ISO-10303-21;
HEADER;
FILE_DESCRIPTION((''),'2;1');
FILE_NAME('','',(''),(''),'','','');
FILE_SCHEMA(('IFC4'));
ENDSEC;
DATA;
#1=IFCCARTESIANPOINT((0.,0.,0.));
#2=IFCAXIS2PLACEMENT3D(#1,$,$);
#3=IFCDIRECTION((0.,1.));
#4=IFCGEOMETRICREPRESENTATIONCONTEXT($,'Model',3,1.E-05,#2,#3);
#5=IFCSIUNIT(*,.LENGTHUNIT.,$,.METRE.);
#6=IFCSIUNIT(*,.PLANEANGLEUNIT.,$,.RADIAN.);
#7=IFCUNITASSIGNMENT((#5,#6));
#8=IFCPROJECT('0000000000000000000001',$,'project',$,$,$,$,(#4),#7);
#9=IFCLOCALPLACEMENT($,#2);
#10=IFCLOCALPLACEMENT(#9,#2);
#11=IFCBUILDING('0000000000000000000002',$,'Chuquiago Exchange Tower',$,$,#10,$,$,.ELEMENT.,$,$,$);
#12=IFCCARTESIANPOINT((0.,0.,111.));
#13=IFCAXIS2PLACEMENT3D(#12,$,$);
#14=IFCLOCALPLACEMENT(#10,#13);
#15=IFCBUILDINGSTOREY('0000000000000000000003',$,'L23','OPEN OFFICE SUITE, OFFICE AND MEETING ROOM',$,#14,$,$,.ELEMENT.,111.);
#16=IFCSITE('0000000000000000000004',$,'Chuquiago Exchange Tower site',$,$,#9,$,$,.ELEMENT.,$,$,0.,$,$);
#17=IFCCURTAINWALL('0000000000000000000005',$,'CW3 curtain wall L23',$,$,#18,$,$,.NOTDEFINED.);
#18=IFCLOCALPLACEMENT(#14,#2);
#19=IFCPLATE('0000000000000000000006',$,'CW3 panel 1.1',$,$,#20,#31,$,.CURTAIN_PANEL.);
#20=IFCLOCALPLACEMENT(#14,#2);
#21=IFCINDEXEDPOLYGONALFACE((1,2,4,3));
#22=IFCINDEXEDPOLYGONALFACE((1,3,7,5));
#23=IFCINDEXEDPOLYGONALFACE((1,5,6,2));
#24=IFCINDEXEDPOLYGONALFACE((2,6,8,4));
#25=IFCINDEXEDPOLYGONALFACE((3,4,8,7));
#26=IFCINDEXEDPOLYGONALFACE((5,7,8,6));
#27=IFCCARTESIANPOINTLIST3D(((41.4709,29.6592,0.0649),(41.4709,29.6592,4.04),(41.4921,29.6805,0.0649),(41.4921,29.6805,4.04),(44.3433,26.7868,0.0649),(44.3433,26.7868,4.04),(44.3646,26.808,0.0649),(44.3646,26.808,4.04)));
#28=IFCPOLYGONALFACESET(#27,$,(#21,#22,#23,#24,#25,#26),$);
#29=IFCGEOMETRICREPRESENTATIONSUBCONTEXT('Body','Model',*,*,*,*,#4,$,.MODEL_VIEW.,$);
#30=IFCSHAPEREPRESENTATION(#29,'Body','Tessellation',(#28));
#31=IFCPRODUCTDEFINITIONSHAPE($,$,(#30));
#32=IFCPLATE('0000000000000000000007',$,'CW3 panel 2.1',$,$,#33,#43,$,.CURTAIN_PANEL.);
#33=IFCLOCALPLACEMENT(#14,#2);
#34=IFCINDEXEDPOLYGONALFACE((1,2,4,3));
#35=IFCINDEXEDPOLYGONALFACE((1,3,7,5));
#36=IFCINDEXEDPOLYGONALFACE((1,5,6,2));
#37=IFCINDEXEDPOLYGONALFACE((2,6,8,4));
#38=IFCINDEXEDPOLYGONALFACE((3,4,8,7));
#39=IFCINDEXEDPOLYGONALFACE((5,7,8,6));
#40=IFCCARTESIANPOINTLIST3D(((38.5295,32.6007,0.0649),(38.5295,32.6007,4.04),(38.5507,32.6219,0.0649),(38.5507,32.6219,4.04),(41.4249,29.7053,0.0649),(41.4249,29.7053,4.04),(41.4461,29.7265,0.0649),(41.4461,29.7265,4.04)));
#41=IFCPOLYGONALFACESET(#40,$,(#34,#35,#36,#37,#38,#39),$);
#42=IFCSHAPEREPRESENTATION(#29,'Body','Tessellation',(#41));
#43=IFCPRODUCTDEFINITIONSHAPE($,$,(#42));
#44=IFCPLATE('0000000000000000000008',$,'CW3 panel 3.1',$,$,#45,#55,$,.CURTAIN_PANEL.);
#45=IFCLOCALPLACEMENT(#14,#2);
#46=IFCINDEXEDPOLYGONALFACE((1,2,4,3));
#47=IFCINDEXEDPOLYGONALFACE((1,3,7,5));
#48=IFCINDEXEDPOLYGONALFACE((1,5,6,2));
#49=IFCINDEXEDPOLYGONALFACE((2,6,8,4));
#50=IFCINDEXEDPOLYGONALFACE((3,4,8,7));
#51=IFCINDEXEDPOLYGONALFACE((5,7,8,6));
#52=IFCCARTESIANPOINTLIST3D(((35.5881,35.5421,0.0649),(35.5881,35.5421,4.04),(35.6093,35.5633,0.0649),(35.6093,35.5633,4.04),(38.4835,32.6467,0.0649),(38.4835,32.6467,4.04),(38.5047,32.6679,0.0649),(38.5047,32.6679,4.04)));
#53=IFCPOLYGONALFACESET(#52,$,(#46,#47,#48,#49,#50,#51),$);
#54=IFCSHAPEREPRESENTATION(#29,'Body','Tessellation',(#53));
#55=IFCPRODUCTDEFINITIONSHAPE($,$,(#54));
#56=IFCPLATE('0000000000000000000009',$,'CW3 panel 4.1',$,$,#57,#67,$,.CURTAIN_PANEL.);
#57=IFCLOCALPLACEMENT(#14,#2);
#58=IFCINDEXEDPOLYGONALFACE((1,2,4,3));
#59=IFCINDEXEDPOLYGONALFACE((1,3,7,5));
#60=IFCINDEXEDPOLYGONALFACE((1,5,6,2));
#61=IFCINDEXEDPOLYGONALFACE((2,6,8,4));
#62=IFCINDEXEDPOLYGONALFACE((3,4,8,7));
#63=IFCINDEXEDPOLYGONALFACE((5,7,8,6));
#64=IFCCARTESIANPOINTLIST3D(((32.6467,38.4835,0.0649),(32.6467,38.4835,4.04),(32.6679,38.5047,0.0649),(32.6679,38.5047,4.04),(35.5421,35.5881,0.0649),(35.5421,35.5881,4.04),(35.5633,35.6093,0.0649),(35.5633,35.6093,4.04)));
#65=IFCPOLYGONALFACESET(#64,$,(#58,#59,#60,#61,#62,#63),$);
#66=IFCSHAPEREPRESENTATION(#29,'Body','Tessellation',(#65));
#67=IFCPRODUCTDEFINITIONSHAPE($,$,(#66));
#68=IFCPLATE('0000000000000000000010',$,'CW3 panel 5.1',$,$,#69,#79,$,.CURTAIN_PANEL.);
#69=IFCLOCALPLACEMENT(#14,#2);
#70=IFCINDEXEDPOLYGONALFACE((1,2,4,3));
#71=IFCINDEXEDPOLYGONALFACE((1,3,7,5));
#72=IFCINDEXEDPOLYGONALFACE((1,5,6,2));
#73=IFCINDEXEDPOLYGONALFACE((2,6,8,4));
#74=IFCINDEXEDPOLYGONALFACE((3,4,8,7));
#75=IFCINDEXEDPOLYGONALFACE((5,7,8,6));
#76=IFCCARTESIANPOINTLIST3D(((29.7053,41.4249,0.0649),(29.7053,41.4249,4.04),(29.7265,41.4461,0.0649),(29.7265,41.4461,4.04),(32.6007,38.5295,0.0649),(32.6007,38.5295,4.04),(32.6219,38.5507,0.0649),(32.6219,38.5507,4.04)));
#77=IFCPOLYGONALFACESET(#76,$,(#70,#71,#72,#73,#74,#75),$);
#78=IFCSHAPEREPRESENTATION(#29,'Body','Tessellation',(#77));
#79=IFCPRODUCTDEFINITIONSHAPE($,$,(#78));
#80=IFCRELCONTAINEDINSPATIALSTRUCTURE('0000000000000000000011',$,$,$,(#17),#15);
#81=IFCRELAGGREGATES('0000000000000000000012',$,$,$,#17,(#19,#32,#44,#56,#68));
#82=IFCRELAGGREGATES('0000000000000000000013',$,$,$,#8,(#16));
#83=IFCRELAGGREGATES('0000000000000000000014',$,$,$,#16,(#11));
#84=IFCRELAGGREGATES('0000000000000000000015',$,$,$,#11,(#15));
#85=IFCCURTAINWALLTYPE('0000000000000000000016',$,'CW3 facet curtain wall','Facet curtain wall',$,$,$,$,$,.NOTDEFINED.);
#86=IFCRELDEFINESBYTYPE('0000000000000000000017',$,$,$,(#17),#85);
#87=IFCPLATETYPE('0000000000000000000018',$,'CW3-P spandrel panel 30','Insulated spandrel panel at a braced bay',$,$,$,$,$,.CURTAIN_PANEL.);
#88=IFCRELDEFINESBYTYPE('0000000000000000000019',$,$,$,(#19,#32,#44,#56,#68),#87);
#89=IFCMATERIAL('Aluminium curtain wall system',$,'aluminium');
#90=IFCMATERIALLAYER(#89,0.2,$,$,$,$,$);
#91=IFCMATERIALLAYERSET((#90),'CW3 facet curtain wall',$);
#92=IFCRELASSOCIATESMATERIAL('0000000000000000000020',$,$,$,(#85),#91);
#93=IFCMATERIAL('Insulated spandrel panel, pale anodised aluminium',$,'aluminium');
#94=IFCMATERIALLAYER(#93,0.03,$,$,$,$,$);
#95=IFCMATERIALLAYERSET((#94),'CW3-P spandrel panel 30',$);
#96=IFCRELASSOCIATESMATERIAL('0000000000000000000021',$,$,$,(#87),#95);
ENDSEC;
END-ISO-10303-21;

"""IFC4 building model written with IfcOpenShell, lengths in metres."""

from ifc_helpers import new_model, si_unit, direction, frame, origin, origin_2d, place, context, subcontext, project, spatial, rectangle, extrude, material, layer, layer_set, type_object, element, aggregate, save


model = new_model("IFC4")

# Units and contexts
model_context = context("Model", 3, precision=1e-05, world=origin(), true_north=direction((0.0, 1.0)))
body_context = subcontext(model_context, "Body", "Model", "MODEL_VIEW")
ifc_project = project(units=[si_unit("LENGTHUNIT", "METRE"), si_unit("PLANEANGLEUNIT", "RADIAN")], contexts=[model_context])

# Site, building, storey
site_placement = place(None, origin())
site = spatial("IfcSite", under=ifc_project, at=site_placement, Name="Chuquiago Exchange Tower site", CompositionType="ELEMENT", RefElevation=0.0)
building_placement = place(site_placement, origin())
building = spatial("IfcBuilding", under=site, at=building_placement, Name="Chuquiago Exchange Tower", CompositionType="ELEMENT")
storey_placement = place(building_placement, frame((0.0, 0.0, 111.0)))
storey = spatial("IfcBuildingStorey", under=building, at=storey_placement, Name="L23", Description="OPEN OFFICE SUITE, OFFICE AND MEETING ROOM", CompositionType="ELEMENT", Elevation=111.0)

# Curtain wall
ifc_material_1 = material(Name="Aluminium curtain wall system", Category="aluminium")
ifc_layer_1 = layer(ifc_material_1, 0.2)
ifc_layer_set_1 = layer_set([ifc_layer_1], Name="CW3 facet curtain wall")
curtain_wall_type = type_object("IfcCurtainWallType", Name="CW3 facet curtain wall", Description="Facet curtain wall", PredefinedType="NOTDEFINED", material=ifc_layer_set_1)
curtain_wall_placement = place(storey_placement, origin())
curtain_wall = element("IfcCurtainWall", 1, at=curtain_wall_placement, inside=storey, type_object=curtain_wall_type, Name="CW3 curtain wall L23", PredefinedType="NOTDEFINED")

# Plates
ifc_material_2 = material(Name="Insulated spandrel panel, pale anodised aluminium", Category="aluminium")
ifc_layer_2 = layer(ifc_material_2, 0.03)
ifc_layer_set_2 = layer_set([ifc_layer_2], Name="CW3-P spandrel panel 30")
plate_type = type_object("IfcPlateType", Name="CW3-P spandrel panel 30", Description="Insulated spandrel panel at a braced bay", PredefinedType="CURTAIN_PANEL", material=ifc_layer_set_2)
plate_1_placement = place(storey_placement, frame((42.9177, 28.2336, 0.0649), z_axis=(0.0, 0.0, 1.0), x_axis=(-0.707107, 0.707107, 0.0)))
plate_1 = element("IfcPlate", 2, at=plate_1_placement, type_object=plate_type, Name="CW3 panel 1.1", PredefinedType="CURTAIN_PANEL", context=body_context, shape_type="SweptSolid", body=[
    extrude(rectangle(XDim=4.0623, YDim=0.03, at=origin_2d()), origin(), (0.0, 0.0, 1.0), 3.9751),
])
plate_2_placement = place(storey_placement, frame((39.9878, 31.1636, 0.0649), z_axis=(0.0, 0.0, 1.0), x_axis=(-0.707107, 0.707107, 0.0)))
plate_2 = element("IfcPlate", 3, at=plate_2_placement, type_object=plate_type, Name="CW3 panel 2.1", PredefinedType="CURTAIN_PANEL", context=body_context, shape_type="SweptSolid", body=[
    extrude(rectangle(XDim=4.0947, YDim=0.03, at=origin_2d()), origin(), (0.0, 0.0, 1.0), 3.9751),
])
plate_3_placement = place(storey_placement, frame((37.0464, 34.105, 0.0649), z_axis=(0.0, 0.0, 1.0), x_axis=(-0.707107, 0.707107, 0.0)))
plate_3 = element("IfcPlate", 4, at=plate_3_placement, type_object=plate_type, Name="CW3 panel 3.1", PredefinedType="CURTAIN_PANEL", context=body_context, shape_type="SweptSolid", body=[
    extrude(rectangle(XDim=4.0947, YDim=0.03, at=origin_2d()), origin(), (0.0, 0.0, 1.0), 3.9751),
])
plate_4_placement = place(storey_placement, frame((34.105, 37.0464, 0.0649), z_axis=(0.0, 0.0, 1.0), x_axis=(-0.707107, 0.707107, 0.0)))
plate_4 = element("IfcPlate", 5, at=plate_4_placement, type_object=plate_type, Name="CW3 panel 4.1", PredefinedType="CURTAIN_PANEL", context=body_context, shape_type="SweptSolid", body=[
    extrude(rectangle(XDim=4.0947, YDim=0.03, at=origin_2d()), origin(), (0.0, 0.0, 1.0), 3.9751),
])
plate_5_placement = place(storey_placement, frame((31.1636, 39.9878, 0.0649), z_axis=(0.0, 0.0, 1.0), x_axis=(-0.707107, 0.707107, 0.0)))
plate_5 = element("IfcPlate", 6, at=plate_5_placement, type_object=plate_type, Name="CW3 panel 5.1", PredefinedType="CURTAIN_PANEL", context=body_context, shape_type="SweptSolid", body=[
    extrude(rectangle(XDim=4.0947, YDim=0.03, at=origin_2d()), origin(), (0.0, 0.0, 1.0), 3.9751),
])
aggregate(curtain_wall, [plate_1, plate_2, plate_3, plate_4, plate_5])

save(model, "model.ifc")
